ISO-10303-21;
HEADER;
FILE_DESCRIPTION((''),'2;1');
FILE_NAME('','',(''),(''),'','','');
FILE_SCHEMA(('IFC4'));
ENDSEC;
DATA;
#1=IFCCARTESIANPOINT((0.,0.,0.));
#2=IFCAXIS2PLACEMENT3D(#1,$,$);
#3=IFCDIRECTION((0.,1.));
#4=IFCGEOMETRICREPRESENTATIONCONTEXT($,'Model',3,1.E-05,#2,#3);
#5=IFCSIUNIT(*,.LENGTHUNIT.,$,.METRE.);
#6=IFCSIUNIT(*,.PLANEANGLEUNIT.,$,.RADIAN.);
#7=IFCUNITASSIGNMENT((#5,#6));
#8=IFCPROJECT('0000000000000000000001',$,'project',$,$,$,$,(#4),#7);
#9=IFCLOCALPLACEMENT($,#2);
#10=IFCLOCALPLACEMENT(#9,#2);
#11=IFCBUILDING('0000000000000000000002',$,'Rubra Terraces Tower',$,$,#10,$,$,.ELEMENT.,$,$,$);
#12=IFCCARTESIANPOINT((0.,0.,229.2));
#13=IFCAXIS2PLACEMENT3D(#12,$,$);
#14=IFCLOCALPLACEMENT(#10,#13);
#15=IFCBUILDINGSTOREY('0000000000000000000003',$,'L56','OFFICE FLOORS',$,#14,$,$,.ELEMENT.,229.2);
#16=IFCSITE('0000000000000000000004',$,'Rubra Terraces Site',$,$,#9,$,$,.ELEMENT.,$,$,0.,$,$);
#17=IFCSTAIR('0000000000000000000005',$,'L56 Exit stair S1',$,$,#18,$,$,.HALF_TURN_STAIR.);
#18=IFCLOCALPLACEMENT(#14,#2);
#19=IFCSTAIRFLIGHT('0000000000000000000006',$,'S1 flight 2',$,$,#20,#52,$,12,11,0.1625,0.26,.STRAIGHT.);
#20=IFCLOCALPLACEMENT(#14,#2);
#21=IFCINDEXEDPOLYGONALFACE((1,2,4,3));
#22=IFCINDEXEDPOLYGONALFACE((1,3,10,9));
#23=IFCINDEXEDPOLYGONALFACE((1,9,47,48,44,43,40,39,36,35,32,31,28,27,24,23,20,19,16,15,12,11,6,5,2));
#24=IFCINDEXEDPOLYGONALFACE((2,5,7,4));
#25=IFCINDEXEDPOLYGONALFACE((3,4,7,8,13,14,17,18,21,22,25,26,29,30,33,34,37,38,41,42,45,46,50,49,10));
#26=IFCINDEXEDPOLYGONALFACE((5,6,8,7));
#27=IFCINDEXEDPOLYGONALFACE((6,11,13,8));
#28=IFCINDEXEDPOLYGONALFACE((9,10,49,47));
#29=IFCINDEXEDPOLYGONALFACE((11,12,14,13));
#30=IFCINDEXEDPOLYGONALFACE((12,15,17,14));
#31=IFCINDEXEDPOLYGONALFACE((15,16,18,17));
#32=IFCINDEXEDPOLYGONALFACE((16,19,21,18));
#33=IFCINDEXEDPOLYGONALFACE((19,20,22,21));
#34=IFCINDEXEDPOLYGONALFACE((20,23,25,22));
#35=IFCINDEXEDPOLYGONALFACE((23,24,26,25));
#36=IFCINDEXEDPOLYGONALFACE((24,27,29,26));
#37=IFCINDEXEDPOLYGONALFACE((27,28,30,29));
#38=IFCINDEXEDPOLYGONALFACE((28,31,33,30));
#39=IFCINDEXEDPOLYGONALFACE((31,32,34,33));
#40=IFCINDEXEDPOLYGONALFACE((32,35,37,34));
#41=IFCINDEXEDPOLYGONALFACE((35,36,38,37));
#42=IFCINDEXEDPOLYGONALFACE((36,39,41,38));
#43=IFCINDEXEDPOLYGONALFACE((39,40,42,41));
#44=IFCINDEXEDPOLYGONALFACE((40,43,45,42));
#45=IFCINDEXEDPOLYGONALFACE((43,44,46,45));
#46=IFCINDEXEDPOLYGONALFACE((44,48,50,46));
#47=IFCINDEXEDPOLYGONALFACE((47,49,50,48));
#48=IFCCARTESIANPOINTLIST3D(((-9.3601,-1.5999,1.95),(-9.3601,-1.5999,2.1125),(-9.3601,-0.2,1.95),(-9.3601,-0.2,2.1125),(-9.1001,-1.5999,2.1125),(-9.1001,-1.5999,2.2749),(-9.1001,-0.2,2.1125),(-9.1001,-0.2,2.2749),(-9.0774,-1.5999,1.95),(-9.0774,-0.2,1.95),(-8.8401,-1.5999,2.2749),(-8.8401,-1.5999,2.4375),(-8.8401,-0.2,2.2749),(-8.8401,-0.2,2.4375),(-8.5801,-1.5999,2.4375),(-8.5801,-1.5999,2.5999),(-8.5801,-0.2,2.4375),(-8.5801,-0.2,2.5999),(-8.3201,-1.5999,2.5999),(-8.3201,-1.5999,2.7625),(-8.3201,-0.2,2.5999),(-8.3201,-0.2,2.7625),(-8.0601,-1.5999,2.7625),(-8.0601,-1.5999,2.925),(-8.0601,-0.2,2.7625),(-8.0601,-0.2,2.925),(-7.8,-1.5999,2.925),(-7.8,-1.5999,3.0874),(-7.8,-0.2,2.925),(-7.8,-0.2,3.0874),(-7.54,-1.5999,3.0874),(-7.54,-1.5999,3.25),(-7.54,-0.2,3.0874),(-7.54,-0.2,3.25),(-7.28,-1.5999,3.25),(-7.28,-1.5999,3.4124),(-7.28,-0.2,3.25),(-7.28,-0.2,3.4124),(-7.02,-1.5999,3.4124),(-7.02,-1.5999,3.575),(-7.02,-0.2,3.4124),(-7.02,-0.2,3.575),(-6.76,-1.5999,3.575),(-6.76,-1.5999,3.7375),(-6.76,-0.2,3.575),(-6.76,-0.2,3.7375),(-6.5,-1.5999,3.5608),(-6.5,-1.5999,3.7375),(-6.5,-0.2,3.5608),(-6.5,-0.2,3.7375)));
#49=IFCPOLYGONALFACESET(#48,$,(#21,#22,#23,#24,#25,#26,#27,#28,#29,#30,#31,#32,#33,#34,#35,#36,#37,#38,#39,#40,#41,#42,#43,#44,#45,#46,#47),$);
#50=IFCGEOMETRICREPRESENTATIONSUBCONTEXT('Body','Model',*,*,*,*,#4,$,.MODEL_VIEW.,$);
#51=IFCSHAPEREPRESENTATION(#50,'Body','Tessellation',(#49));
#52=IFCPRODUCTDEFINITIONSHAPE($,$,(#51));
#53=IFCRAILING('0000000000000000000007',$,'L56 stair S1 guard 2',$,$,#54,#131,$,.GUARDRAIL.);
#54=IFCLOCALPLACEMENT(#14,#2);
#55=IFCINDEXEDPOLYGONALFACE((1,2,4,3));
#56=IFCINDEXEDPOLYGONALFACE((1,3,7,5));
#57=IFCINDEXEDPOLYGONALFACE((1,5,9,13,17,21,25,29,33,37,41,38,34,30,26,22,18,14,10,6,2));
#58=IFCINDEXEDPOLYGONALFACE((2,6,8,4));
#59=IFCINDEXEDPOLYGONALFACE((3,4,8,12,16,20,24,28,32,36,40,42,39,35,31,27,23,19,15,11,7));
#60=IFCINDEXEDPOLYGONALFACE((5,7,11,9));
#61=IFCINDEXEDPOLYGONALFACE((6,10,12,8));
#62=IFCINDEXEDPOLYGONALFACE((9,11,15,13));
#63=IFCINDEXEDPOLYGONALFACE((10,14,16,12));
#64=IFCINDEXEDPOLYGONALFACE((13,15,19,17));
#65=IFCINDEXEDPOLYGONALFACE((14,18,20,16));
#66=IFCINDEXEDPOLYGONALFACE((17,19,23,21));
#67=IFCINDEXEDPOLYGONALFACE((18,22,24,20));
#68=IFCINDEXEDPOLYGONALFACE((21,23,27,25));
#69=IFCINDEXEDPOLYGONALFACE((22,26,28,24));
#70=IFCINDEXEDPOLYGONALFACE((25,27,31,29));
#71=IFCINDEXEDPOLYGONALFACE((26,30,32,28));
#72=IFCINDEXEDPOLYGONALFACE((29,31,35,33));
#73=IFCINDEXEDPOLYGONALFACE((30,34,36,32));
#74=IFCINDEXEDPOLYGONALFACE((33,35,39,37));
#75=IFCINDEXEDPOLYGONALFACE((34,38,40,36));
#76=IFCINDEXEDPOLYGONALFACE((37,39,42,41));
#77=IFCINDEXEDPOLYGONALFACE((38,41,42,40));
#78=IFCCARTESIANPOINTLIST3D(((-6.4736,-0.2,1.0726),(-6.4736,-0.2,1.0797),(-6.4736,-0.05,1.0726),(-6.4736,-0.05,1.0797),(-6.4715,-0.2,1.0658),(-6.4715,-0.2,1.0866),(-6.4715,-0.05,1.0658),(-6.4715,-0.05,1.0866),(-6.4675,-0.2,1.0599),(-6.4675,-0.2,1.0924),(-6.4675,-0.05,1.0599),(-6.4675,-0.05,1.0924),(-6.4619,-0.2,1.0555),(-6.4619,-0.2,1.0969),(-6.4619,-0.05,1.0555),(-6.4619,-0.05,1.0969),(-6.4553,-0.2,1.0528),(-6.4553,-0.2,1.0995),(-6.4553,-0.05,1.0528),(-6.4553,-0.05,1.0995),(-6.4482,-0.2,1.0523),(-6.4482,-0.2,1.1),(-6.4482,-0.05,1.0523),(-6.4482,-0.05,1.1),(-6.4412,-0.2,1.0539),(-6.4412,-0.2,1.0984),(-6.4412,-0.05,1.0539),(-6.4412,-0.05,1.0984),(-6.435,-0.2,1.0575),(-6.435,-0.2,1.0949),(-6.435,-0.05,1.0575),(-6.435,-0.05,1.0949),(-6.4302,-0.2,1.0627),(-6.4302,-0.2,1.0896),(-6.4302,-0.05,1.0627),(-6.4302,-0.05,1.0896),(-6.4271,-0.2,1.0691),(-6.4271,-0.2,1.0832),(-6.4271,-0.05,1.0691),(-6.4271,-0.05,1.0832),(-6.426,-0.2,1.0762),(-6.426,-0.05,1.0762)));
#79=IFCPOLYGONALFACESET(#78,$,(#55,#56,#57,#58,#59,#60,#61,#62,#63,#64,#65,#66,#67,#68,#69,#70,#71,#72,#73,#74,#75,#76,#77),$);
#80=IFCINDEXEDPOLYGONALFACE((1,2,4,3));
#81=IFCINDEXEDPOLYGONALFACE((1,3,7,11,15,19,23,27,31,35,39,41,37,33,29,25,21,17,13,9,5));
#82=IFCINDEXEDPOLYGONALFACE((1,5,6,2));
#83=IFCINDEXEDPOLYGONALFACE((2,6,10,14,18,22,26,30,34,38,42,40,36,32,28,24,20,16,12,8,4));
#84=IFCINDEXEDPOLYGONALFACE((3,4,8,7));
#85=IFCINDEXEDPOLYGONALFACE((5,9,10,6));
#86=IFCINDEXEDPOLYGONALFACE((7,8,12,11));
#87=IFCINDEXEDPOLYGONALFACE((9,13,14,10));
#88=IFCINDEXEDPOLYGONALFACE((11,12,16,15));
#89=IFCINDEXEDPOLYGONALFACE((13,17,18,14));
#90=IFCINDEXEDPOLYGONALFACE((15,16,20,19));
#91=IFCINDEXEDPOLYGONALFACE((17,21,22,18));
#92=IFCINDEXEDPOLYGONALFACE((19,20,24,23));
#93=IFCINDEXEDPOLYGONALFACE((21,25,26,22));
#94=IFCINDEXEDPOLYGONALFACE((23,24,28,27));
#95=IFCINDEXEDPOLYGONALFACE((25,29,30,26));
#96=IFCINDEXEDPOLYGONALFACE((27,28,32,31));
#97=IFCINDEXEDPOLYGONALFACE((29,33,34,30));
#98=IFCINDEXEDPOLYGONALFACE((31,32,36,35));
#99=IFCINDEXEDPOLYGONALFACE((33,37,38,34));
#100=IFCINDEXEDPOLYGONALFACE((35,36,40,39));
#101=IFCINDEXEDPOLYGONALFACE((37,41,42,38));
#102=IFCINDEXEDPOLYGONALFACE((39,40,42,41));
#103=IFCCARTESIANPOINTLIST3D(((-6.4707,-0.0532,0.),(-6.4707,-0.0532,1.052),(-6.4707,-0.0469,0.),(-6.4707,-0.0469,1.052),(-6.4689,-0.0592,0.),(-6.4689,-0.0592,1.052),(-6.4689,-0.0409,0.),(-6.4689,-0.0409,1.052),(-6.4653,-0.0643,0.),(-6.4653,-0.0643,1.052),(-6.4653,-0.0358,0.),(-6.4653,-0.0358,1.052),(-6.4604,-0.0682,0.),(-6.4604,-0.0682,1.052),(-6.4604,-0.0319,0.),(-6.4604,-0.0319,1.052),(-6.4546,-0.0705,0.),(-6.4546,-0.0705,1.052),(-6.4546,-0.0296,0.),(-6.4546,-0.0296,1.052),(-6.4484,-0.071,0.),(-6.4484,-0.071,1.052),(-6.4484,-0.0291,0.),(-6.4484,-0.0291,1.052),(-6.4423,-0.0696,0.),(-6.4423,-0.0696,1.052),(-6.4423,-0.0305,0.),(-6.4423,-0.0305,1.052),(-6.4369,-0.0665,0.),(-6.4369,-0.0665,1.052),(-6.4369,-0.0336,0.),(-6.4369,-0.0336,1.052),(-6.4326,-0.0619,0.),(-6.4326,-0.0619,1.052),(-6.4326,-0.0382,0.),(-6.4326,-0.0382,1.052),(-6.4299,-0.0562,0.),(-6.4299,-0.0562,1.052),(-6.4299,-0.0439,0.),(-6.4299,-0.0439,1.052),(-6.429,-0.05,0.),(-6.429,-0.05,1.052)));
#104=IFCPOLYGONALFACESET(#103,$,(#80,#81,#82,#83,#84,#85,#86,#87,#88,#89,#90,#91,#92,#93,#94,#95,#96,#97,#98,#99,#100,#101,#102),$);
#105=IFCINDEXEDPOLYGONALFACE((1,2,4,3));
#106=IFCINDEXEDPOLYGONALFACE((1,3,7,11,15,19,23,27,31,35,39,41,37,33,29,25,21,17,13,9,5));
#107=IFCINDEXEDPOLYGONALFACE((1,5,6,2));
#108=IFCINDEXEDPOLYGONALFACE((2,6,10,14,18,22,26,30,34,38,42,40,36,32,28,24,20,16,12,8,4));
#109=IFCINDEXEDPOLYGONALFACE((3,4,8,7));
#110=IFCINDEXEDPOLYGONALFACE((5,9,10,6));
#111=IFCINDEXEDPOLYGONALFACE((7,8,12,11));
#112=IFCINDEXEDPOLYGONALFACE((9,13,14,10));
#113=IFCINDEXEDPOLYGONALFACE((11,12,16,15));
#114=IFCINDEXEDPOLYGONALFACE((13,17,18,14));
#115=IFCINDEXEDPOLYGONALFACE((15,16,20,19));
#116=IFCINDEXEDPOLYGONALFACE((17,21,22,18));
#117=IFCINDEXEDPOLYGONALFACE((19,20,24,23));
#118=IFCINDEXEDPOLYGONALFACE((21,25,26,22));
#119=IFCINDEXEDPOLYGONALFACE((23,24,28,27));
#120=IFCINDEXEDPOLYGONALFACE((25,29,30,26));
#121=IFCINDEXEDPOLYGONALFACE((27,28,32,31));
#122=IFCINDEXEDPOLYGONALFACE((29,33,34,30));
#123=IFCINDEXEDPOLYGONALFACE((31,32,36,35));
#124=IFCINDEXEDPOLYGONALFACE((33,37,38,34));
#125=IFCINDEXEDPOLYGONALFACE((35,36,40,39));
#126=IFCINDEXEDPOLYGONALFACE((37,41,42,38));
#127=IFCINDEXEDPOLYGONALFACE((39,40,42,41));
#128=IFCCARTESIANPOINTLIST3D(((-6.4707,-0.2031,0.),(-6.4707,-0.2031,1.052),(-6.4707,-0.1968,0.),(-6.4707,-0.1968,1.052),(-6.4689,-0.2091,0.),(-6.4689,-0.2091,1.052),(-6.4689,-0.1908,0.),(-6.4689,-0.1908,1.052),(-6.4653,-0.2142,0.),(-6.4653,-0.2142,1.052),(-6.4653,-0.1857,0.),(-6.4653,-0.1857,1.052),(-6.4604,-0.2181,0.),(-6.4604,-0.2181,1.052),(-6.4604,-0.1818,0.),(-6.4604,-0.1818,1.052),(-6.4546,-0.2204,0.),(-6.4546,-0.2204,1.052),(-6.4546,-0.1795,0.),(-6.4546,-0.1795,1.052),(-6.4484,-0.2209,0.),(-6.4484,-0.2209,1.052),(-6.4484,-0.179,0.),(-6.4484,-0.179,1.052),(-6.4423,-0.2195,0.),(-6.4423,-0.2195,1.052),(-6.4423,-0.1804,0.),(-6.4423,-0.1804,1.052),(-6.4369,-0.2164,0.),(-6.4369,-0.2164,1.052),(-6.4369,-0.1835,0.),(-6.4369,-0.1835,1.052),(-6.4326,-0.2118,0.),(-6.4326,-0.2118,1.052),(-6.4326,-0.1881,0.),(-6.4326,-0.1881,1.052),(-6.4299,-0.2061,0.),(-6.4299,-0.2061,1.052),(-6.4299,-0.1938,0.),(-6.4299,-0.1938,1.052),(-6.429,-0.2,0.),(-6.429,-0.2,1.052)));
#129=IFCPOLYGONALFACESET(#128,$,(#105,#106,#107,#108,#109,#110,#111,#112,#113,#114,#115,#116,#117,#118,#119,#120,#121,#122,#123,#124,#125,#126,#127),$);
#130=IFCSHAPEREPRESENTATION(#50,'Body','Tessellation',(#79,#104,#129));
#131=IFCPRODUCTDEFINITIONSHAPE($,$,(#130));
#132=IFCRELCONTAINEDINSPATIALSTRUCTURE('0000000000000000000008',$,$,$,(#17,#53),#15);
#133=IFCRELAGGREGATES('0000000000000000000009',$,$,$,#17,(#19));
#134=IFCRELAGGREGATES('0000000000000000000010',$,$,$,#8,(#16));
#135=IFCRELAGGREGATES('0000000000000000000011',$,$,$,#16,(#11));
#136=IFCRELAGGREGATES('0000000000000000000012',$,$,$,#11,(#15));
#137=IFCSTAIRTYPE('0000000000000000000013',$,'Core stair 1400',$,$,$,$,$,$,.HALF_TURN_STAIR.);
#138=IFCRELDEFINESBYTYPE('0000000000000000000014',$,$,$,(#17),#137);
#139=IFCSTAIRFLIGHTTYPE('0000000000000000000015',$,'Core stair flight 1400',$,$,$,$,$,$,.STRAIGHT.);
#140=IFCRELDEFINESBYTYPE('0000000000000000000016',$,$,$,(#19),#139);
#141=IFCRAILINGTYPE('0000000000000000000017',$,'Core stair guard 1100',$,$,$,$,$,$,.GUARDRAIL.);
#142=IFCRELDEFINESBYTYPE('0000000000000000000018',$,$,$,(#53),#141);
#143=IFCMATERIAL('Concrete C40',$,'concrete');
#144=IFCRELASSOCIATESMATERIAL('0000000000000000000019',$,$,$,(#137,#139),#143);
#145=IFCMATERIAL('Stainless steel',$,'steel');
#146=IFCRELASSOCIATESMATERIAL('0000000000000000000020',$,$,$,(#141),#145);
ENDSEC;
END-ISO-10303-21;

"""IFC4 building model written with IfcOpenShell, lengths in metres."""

from ifc_helpers import new_model, si_unit, direction, frame, origin, origin_2d, place, context, subcontext, project, spatial, polyline, circle, outline, extrude, material, type_object, element, aggregate, save


model = new_model("IFC4")

# Units and contexts
model_context = context("Model", 3, precision=1e-05, world=origin(), true_north=direction((0.0, 1.0)))
body_context = subcontext(model_context, "Body", "Model", "MODEL_VIEW")
ifc_project = project(units=[si_unit("LENGTHUNIT", "METRE"), si_unit("PLANEANGLEUNIT", "RADIAN")], contexts=[model_context])

# Site, building, storey
site_placement = place(None, origin())
site = spatial("IfcSite", under=ifc_project, at=site_placement, Name="Rubra Terraces Site", CompositionType="ELEMENT", RefElevation=0.0)
building_placement = place(site_placement, origin())
building = spatial("IfcBuilding", under=site, at=building_placement, Name="Rubra Terraces Tower", CompositionType="ELEMENT")
storey_placement = place(building_placement, frame((0.0, 0.0, 229.2)))
storey = spatial("IfcBuildingStorey", under=building, at=storey_placement, Name="L56", Description="OFFICE FLOORS", CompositionType="ELEMENT", Elevation=229.2)

# Shared definitions
ifc_material_1 = material(Name="Concrete C40", Category="concrete")

# Stair, stair flight
stair_type = type_object("IfcStairType", Name="Core stair 1400", PredefinedType="HALF_TURN_STAIR", material=ifc_material_1)
stair_placement = place(storey_placement, origin())
stair = element("IfcStair", 1, at=stair_placement, inside=storey, type_object=stair_type, Name="L56 Exit stair S1", PredefinedType="HALF_TURN_STAIR")
stair_flight_type = type_object("IfcStairFlightType", Name="Core stair flight 1400", PredefinedType="STRAIGHT", material=ifc_material_1)
stair_flight_1_placement = place(storey_placement, frame((-9.3601, -0.8999, 1.95), z_axis=(0.0, 0.0, 1.0), x_axis=(1.0, 0.0, 0.0)))
stair_flight_1 = element("IfcStairFlight", 2, at=stair_flight_1_placement, type_object=stair_flight_type, Name="S1 flight 2", NumberOfRisers=12, NumberOfTreads=11, PredefinedType="STRAIGHT", RiserHeight=0.1625, TreadLength=0.26, context=body_context, shape_type="SweptSolid", body=[
    extrude(outline(polyline([(0.0, 0.0), (0.0, 0.1626), (0.26, 0.1626), (0.26, 0.325), (0.52, 0.325), (0.52, 0.4875), (0.78, 0.4875), (0.78, 0.6499), (1.04, 0.6499), (1.04, 0.8125), (1.3, 0.8125), (1.3, 0.9751), (1.5601, 0.9751), (1.5601, 1.1375), (1.8201, 1.1375), (1.8201, 1.3), (2.0801, 1.3), (2.0801, 1.4624), (2.3401, 1.4624), (2.3401, 1.625), (2.6001, 1.625), (2.6001, 1.7876), (2.8601, 1.7876), (2.8601, 1.95), (2.8601, 1.6108), (0.2827, 0.0), (0.0, 0.0)])), frame((0.0, 0.7, 0.0), z_axis=(0.0, -1.0, 0.0), x_axis=(1.0, 0.0, 0.0)), (0.0, 0.0, 1.0), 1.3999),
])
aggregate(stair, [stair_flight_1])

# Railing
ifc_material_2 = material(Name="Stainless steel", Category="steel")
railing_type_1 = type_object("IfcRailingType", Name="Core stair guard 1100", PredefinedType="GUARDRAIL", material=ifc_material_2)
railing_1_placement = place(storey_placement, frame((-6.45, -0.05, 0.0)))
element("IfcRailing", 3, at=railing_1_placement, inside=storey, type_object=railing_type_1, Name="L56 stair S1 guard 2", PredefinedType="GUARDRAIL", context=body_context, shape_type="SweptSolid", body=[
    extrude(circle(Radius=0.0239, at=origin_2d()), frame((0.0, 0.0, 1.0762), z_axis=(0.0, -1.0, 0.0), x_axis=(1.0, 0.0, 0.0)), (0.0, 0.0, 1.0), 0.1499),
    extrude(circle(Radius=0.021, at=origin_2d()), origin(), (0.0, 0.0, 1.0), 1.052),
    extrude(circle(Radius=0.021, at=origin_2d()), frame((0.0, -0.1499, 0.0)), (0.0, 0.0, 1.0), 1.052),
])

save(model, "model.ifc")
